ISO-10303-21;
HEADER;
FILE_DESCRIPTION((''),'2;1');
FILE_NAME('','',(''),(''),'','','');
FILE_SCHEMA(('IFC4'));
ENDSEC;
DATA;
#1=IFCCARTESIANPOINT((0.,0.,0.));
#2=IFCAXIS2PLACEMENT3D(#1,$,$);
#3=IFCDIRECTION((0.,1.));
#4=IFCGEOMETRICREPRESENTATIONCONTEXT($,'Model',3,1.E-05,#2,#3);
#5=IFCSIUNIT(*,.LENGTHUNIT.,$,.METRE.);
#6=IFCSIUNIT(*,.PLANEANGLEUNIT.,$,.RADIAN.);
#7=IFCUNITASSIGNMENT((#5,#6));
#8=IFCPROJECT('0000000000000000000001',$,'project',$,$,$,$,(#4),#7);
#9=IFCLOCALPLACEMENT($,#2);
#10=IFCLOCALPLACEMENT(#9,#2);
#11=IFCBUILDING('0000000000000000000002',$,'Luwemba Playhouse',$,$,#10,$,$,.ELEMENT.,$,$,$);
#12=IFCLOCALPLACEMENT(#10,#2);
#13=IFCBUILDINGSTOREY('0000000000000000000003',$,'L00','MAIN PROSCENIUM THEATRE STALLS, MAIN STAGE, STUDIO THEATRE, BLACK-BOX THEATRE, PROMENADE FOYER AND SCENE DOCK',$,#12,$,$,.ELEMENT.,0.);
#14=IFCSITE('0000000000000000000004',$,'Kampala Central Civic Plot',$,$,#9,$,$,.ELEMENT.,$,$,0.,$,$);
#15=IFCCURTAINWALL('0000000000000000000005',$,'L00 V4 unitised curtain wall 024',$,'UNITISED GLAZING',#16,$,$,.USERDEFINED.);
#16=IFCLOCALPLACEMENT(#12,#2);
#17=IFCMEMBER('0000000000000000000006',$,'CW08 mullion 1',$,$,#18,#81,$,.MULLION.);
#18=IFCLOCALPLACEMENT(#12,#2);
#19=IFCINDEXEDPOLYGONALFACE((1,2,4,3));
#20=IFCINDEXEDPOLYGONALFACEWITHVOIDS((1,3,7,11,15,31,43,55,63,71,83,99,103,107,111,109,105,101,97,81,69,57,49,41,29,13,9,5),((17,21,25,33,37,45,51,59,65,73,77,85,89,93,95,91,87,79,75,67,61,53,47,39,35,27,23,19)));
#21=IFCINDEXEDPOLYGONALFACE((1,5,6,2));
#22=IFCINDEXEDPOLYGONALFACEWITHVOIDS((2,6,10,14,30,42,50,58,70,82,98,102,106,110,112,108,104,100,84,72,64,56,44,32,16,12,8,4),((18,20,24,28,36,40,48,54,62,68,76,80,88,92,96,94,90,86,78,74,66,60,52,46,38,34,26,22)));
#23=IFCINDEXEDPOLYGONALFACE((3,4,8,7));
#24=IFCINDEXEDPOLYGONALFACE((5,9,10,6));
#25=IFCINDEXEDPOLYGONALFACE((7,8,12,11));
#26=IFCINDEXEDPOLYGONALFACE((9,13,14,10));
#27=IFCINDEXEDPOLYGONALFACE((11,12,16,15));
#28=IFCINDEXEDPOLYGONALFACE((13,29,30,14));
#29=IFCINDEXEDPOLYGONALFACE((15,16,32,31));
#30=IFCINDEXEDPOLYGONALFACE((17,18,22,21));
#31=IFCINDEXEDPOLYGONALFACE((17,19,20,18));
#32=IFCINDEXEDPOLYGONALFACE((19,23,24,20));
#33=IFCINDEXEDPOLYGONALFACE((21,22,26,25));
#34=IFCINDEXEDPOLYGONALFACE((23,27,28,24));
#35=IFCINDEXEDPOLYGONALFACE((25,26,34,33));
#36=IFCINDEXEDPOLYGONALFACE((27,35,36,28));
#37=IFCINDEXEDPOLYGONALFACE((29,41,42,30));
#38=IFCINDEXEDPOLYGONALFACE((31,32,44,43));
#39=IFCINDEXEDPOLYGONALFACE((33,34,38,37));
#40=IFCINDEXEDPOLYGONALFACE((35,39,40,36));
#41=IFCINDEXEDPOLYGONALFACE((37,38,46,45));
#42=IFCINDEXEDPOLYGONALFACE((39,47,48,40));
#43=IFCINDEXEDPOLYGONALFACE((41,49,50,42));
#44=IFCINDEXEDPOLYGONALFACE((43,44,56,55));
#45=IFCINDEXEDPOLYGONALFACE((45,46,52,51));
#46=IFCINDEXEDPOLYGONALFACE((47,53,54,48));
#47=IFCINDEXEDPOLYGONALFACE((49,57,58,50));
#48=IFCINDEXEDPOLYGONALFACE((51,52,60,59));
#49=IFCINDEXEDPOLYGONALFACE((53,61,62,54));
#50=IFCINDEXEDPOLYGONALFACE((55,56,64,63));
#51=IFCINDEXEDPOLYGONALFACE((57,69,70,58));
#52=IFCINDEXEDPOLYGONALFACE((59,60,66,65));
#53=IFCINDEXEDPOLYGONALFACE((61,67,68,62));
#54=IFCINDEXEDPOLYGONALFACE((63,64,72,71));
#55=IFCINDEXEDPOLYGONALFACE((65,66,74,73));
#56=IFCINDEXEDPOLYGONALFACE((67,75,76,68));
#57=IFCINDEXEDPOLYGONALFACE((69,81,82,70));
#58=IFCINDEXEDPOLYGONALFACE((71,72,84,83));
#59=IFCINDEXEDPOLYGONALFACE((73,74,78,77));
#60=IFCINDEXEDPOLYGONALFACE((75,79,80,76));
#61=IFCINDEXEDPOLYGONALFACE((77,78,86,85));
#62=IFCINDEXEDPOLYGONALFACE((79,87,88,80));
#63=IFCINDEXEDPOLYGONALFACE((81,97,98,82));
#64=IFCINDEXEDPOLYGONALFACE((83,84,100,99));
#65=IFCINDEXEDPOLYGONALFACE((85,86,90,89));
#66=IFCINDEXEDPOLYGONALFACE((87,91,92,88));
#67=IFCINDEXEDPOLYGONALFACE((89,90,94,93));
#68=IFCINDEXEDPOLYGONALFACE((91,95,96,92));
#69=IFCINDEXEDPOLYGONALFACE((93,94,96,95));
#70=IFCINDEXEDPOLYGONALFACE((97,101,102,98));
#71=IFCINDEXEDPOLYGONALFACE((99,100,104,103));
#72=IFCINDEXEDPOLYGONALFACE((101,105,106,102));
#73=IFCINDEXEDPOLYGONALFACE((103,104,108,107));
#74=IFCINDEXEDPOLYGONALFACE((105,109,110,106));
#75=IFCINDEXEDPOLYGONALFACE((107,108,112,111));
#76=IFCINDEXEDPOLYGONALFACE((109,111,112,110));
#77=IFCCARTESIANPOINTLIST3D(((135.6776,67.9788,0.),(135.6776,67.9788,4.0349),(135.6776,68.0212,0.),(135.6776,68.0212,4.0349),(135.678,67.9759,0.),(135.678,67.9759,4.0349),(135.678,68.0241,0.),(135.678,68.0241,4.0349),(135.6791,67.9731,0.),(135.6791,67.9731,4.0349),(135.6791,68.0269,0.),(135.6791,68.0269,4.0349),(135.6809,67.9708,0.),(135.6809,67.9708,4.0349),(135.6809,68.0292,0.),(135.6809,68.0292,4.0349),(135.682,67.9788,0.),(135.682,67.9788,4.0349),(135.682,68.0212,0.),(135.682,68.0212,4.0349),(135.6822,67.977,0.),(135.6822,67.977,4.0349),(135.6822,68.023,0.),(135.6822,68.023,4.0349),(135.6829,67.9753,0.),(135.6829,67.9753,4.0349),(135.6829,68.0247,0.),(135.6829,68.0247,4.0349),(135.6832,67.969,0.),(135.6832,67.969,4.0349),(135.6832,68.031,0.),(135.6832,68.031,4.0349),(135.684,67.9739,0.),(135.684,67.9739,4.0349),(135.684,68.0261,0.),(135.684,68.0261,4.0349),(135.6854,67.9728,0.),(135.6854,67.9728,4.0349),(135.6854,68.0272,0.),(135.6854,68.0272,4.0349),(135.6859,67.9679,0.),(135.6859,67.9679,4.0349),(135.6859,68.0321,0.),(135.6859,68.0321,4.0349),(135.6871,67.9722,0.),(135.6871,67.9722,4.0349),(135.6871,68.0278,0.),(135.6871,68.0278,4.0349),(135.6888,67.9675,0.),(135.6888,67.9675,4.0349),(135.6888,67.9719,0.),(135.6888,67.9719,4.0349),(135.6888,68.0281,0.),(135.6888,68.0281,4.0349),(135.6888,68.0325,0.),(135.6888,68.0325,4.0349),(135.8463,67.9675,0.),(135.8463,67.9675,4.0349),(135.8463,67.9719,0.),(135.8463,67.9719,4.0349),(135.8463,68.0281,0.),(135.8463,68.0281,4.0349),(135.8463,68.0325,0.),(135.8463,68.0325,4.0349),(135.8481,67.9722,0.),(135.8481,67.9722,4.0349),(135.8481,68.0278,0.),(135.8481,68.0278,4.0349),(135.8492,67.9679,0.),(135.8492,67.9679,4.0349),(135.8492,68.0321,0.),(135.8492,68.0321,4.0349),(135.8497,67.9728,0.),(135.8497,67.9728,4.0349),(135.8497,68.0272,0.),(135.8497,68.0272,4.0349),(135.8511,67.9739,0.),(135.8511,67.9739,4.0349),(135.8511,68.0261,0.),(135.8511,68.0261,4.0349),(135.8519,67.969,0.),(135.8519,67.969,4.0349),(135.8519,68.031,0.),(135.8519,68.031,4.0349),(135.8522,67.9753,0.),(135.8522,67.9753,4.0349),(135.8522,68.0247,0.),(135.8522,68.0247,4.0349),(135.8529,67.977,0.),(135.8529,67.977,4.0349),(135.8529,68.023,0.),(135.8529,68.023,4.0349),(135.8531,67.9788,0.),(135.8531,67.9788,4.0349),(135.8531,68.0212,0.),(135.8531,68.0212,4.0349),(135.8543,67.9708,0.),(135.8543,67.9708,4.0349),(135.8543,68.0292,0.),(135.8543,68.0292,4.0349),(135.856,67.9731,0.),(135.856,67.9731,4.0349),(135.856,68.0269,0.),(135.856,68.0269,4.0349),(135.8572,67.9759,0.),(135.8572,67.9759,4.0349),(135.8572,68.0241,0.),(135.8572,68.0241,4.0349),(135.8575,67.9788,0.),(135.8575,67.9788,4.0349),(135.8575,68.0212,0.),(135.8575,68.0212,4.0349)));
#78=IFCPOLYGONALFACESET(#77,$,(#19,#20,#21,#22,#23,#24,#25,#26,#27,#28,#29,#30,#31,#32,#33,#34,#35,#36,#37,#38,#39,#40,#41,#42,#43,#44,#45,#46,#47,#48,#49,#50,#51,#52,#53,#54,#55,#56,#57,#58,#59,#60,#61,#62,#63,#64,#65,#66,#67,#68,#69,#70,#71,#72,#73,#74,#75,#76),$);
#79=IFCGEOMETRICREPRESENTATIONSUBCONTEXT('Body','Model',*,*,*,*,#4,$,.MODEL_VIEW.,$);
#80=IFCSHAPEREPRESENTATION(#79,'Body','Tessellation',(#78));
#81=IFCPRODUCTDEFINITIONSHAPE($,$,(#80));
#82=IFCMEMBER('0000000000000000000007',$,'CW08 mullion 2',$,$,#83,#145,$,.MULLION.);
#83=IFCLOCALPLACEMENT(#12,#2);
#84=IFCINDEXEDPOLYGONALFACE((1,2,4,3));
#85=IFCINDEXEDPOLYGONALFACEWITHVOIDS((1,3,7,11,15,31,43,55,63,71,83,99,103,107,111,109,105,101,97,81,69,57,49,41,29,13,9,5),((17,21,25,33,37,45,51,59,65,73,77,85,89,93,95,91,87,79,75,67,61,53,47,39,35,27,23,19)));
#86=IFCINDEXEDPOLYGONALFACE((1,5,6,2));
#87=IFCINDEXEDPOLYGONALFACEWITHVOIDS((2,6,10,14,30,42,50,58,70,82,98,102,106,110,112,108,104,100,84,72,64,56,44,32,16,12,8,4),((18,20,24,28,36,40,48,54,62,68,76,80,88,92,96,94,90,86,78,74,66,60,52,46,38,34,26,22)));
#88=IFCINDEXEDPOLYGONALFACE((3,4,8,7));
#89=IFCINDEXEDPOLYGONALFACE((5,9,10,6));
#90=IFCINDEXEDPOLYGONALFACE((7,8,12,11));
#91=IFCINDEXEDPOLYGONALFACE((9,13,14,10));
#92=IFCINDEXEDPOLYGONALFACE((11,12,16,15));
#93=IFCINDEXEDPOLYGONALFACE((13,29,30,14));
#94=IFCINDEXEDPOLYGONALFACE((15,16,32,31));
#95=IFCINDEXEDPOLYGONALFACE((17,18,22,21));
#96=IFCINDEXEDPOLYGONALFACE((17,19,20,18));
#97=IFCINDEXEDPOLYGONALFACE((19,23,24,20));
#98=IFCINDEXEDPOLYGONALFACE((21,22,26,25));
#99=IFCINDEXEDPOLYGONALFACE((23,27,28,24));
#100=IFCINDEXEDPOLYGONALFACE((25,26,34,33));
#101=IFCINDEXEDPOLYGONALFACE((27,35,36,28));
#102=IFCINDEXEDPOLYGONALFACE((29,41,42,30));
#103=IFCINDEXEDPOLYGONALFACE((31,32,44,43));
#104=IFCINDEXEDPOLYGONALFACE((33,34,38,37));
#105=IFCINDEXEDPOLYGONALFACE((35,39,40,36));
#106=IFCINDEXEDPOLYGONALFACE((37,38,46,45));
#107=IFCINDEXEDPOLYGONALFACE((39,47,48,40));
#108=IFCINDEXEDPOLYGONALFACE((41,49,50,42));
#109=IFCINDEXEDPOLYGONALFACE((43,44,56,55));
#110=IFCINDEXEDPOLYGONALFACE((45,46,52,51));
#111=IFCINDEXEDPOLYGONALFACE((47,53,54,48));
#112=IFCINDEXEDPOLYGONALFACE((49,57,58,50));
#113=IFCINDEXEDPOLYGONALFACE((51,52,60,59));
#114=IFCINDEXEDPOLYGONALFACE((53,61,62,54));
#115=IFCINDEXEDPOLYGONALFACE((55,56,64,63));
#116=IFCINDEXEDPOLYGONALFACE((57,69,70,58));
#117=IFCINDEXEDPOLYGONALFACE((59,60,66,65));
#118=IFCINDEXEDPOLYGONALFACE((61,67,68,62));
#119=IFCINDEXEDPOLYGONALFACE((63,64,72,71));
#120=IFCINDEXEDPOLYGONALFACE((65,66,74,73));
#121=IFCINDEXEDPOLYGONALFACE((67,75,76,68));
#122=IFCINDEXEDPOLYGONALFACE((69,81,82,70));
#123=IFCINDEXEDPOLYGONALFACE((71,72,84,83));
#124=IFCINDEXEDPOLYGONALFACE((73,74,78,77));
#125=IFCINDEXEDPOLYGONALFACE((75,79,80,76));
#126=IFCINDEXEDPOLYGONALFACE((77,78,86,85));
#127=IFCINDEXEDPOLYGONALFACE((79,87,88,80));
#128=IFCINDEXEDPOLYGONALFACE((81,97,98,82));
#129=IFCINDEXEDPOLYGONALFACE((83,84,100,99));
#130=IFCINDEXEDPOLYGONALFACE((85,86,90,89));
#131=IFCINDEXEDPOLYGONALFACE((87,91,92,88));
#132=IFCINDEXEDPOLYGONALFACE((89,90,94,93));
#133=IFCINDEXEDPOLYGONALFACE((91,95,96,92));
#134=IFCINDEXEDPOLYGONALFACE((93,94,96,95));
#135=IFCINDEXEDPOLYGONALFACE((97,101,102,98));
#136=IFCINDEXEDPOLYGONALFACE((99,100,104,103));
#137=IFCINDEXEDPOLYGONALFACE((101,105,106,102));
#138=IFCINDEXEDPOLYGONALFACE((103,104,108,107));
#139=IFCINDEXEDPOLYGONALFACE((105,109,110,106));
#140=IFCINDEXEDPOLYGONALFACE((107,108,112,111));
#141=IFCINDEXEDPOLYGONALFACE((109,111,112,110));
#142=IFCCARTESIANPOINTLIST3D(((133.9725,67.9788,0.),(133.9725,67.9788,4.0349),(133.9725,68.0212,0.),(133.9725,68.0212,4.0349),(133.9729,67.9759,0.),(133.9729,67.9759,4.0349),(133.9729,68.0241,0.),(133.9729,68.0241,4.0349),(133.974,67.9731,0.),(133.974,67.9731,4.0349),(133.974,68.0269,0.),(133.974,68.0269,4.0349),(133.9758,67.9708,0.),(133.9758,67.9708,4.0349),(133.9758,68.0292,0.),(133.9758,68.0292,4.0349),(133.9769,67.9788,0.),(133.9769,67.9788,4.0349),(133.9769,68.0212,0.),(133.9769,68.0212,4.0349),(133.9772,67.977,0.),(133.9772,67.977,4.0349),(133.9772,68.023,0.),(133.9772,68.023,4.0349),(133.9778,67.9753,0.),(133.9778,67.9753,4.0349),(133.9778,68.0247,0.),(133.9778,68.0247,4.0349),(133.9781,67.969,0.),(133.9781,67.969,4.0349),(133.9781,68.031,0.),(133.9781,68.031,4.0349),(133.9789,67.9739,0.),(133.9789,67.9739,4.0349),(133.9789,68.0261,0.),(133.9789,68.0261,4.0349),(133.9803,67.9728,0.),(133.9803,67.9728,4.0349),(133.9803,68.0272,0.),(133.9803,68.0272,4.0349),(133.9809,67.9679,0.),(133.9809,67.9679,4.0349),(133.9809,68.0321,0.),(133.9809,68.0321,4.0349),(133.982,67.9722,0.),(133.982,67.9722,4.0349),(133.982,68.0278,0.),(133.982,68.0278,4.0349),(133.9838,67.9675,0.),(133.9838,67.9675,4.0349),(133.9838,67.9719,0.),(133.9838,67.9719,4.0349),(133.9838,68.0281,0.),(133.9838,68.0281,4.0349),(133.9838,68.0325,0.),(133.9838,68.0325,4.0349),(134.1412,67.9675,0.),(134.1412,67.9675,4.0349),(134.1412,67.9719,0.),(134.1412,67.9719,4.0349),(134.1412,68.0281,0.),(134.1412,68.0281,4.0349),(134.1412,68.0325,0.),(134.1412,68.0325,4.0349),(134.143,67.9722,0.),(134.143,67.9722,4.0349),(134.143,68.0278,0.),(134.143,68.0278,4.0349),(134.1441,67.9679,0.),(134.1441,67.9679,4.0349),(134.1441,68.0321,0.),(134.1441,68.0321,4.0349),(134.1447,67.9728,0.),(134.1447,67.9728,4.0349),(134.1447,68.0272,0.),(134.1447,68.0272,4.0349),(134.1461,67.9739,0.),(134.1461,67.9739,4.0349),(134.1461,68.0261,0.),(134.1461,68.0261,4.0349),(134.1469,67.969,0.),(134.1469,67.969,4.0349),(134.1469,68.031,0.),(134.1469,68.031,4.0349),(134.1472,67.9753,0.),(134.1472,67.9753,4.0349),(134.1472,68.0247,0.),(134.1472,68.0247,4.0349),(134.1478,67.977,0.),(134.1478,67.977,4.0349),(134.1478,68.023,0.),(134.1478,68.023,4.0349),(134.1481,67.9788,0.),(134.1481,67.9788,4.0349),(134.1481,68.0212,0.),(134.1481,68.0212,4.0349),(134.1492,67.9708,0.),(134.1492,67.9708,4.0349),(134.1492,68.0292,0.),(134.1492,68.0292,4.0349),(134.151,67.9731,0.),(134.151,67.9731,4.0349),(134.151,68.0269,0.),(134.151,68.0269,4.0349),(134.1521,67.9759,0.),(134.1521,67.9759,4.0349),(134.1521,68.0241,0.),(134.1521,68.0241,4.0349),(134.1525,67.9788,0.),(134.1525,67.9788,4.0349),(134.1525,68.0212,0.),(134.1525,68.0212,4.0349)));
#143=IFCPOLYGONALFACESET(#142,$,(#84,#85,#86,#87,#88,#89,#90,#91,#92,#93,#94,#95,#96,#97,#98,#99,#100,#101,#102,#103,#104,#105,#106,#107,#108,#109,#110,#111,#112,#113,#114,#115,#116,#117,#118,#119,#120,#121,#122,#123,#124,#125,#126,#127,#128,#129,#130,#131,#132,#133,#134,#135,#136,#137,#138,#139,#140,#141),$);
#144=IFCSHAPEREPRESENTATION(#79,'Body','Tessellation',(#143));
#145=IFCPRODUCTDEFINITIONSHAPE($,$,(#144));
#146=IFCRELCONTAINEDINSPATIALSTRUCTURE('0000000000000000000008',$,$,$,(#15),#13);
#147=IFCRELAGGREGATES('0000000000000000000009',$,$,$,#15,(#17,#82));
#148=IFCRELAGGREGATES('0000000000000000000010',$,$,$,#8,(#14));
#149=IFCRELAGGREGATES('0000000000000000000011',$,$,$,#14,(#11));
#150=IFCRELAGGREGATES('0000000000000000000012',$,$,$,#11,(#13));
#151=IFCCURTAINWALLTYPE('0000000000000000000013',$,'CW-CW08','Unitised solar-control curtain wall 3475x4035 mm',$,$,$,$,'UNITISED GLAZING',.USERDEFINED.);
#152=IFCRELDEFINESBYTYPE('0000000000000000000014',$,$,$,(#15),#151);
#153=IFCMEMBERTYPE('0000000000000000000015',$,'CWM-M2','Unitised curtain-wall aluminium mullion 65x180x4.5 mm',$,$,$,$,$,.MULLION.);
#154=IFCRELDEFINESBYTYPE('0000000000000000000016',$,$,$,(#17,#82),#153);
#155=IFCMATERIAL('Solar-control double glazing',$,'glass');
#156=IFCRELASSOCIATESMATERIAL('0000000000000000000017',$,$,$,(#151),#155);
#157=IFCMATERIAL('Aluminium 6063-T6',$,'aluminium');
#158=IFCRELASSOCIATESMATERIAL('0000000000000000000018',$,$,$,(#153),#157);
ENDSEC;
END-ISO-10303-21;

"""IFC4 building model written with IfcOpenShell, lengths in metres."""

from ifc_helpers import new_model, si_unit, direction, frame, origin, origin_2d, place, context, subcontext, project, spatial, hollow_rectangle, extrude, material, material_profile, profile_set, type_object, element, aggregate, save


model = new_model("IFC4")

# Units and contexts
model_context = context("Model", 3, precision=1e-05, world=origin(), true_north=direction((0.0, 1.0)))
body_context = subcontext(model_context, "Body", "Model", "MODEL_VIEW")
ifc_project = project(units=[si_unit("LENGTHUNIT", "METRE"), si_unit("PLANEANGLEUNIT", "RADIAN")], contexts=[model_context])

# Site, building, storey
site_placement = place(None, origin())
site = spatial("IfcSite", under=ifc_project, at=site_placement, Name="Kampala Central Civic Plot", CompositionType="ELEMENT", RefElevation=0.0)
building_placement = place(site_placement, origin())
building = spatial("IfcBuilding", under=site, at=building_placement, Name="Luwemba Playhouse", CompositionType="ELEMENT")
storey_placement = place(building_placement, origin())
storey = spatial("IfcBuildingStorey", under=building, at=storey_placement, Name="L00", Description="MAIN PROSCENIUM THEATRE STALLS, MAIN STAGE, STUDIO THEATRE, BLACK-BOX THEATRE, PROMENADE FOYER AND SCENE DOCK", CompositionType="ELEMENT", Elevation=0.0)

# Curtain wall, members
ifc_material_1 = material(Name="Solar-control double glazing", Category="glass")
curtain_wall_type = type_object("IfcCurtainWallType", Name="CW-CW08", Description="Unitised solar-control curtain wall 3475x4035 mm", ElementType="UNITISED GLAZING", PredefinedType="USERDEFINED", material=ifc_material_1)
curtain_wall_placement = place(storey_placement, origin())
curtain_wall = element("IfcCurtainWall", 1, at=curtain_wall_placement, inside=storey, type_object=curtain_wall_type, Name="L00 V4 unitised curtain wall 024", ObjectType="UNITISED GLAZING", PredefinedType="USERDEFINED")
ifc_material_2 = material(Name="Aluminium 6063-T6", Category="aluminium")
ifc_material_profile_1 = material_profile(ifc_material_2, hollow_rectangle(XDim=0.0649, YDim=0.1799, WallThickness=0.0044, InnerFilletRadius=0.0068, OuterFilletRadius=0.0112, at=origin_2d()))
ifc_profile_set_1 = profile_set([ifc_material_profile_1], Name="Aluminium 6063-T6")
member_type_1 = type_object("IfcMemberType", Name="CWM-M2", Description="Unitised curtain-wall aluminium mullion 65x180x4.5 mm", PredefinedType="MULLION", material=ifc_profile_set_1)
member_1_placement = place(storey_placement, frame((135.7676, 68.0, 0.0), z_axis=(0.0, 0.0, 1.0), x_axis=(0.0, -1.0, 0.0)))
member_1 = element("IfcMember", 2, at=member_1_placement, type_object=member_type_1, Name="CW08 mullion 1", PredefinedType="MULLION", context=body_context, shape_type="SweptSolid", body=[
    extrude(hollow_rectangle(XDim=0.0649, YDim=0.1799, WallThickness=0.0044, InnerFilletRadius=0.0068, OuterFilletRadius=0.0112, at=origin_2d()), origin(), (0.0, 0.0, 1.0), 4.0349),
])
member_2_placement = place(storey_placement, frame((134.0625, 68.0, 0.0), z_axis=(0.0, 0.0, 1.0), x_axis=(0.0, -1.0, 0.0)))
member_2 = element("IfcMember", 3, at=member_2_placement, type_object=member_type_1, Name="CW08 mullion 2", PredefinedType="MULLION", context=body_context, shape_type="SweptSolid", body=[
    extrude(hollow_rectangle(XDim=0.0649, YDim=0.1799, WallThickness=0.0044, InnerFilletRadius=0.0068, OuterFilletRadius=0.0112, at=origin_2d()), origin(), (0.0, 0.0, 1.0), 4.0349),
])
aggregate(curtain_wall, [member_1, member_2])

save(model, "model.ifc")
